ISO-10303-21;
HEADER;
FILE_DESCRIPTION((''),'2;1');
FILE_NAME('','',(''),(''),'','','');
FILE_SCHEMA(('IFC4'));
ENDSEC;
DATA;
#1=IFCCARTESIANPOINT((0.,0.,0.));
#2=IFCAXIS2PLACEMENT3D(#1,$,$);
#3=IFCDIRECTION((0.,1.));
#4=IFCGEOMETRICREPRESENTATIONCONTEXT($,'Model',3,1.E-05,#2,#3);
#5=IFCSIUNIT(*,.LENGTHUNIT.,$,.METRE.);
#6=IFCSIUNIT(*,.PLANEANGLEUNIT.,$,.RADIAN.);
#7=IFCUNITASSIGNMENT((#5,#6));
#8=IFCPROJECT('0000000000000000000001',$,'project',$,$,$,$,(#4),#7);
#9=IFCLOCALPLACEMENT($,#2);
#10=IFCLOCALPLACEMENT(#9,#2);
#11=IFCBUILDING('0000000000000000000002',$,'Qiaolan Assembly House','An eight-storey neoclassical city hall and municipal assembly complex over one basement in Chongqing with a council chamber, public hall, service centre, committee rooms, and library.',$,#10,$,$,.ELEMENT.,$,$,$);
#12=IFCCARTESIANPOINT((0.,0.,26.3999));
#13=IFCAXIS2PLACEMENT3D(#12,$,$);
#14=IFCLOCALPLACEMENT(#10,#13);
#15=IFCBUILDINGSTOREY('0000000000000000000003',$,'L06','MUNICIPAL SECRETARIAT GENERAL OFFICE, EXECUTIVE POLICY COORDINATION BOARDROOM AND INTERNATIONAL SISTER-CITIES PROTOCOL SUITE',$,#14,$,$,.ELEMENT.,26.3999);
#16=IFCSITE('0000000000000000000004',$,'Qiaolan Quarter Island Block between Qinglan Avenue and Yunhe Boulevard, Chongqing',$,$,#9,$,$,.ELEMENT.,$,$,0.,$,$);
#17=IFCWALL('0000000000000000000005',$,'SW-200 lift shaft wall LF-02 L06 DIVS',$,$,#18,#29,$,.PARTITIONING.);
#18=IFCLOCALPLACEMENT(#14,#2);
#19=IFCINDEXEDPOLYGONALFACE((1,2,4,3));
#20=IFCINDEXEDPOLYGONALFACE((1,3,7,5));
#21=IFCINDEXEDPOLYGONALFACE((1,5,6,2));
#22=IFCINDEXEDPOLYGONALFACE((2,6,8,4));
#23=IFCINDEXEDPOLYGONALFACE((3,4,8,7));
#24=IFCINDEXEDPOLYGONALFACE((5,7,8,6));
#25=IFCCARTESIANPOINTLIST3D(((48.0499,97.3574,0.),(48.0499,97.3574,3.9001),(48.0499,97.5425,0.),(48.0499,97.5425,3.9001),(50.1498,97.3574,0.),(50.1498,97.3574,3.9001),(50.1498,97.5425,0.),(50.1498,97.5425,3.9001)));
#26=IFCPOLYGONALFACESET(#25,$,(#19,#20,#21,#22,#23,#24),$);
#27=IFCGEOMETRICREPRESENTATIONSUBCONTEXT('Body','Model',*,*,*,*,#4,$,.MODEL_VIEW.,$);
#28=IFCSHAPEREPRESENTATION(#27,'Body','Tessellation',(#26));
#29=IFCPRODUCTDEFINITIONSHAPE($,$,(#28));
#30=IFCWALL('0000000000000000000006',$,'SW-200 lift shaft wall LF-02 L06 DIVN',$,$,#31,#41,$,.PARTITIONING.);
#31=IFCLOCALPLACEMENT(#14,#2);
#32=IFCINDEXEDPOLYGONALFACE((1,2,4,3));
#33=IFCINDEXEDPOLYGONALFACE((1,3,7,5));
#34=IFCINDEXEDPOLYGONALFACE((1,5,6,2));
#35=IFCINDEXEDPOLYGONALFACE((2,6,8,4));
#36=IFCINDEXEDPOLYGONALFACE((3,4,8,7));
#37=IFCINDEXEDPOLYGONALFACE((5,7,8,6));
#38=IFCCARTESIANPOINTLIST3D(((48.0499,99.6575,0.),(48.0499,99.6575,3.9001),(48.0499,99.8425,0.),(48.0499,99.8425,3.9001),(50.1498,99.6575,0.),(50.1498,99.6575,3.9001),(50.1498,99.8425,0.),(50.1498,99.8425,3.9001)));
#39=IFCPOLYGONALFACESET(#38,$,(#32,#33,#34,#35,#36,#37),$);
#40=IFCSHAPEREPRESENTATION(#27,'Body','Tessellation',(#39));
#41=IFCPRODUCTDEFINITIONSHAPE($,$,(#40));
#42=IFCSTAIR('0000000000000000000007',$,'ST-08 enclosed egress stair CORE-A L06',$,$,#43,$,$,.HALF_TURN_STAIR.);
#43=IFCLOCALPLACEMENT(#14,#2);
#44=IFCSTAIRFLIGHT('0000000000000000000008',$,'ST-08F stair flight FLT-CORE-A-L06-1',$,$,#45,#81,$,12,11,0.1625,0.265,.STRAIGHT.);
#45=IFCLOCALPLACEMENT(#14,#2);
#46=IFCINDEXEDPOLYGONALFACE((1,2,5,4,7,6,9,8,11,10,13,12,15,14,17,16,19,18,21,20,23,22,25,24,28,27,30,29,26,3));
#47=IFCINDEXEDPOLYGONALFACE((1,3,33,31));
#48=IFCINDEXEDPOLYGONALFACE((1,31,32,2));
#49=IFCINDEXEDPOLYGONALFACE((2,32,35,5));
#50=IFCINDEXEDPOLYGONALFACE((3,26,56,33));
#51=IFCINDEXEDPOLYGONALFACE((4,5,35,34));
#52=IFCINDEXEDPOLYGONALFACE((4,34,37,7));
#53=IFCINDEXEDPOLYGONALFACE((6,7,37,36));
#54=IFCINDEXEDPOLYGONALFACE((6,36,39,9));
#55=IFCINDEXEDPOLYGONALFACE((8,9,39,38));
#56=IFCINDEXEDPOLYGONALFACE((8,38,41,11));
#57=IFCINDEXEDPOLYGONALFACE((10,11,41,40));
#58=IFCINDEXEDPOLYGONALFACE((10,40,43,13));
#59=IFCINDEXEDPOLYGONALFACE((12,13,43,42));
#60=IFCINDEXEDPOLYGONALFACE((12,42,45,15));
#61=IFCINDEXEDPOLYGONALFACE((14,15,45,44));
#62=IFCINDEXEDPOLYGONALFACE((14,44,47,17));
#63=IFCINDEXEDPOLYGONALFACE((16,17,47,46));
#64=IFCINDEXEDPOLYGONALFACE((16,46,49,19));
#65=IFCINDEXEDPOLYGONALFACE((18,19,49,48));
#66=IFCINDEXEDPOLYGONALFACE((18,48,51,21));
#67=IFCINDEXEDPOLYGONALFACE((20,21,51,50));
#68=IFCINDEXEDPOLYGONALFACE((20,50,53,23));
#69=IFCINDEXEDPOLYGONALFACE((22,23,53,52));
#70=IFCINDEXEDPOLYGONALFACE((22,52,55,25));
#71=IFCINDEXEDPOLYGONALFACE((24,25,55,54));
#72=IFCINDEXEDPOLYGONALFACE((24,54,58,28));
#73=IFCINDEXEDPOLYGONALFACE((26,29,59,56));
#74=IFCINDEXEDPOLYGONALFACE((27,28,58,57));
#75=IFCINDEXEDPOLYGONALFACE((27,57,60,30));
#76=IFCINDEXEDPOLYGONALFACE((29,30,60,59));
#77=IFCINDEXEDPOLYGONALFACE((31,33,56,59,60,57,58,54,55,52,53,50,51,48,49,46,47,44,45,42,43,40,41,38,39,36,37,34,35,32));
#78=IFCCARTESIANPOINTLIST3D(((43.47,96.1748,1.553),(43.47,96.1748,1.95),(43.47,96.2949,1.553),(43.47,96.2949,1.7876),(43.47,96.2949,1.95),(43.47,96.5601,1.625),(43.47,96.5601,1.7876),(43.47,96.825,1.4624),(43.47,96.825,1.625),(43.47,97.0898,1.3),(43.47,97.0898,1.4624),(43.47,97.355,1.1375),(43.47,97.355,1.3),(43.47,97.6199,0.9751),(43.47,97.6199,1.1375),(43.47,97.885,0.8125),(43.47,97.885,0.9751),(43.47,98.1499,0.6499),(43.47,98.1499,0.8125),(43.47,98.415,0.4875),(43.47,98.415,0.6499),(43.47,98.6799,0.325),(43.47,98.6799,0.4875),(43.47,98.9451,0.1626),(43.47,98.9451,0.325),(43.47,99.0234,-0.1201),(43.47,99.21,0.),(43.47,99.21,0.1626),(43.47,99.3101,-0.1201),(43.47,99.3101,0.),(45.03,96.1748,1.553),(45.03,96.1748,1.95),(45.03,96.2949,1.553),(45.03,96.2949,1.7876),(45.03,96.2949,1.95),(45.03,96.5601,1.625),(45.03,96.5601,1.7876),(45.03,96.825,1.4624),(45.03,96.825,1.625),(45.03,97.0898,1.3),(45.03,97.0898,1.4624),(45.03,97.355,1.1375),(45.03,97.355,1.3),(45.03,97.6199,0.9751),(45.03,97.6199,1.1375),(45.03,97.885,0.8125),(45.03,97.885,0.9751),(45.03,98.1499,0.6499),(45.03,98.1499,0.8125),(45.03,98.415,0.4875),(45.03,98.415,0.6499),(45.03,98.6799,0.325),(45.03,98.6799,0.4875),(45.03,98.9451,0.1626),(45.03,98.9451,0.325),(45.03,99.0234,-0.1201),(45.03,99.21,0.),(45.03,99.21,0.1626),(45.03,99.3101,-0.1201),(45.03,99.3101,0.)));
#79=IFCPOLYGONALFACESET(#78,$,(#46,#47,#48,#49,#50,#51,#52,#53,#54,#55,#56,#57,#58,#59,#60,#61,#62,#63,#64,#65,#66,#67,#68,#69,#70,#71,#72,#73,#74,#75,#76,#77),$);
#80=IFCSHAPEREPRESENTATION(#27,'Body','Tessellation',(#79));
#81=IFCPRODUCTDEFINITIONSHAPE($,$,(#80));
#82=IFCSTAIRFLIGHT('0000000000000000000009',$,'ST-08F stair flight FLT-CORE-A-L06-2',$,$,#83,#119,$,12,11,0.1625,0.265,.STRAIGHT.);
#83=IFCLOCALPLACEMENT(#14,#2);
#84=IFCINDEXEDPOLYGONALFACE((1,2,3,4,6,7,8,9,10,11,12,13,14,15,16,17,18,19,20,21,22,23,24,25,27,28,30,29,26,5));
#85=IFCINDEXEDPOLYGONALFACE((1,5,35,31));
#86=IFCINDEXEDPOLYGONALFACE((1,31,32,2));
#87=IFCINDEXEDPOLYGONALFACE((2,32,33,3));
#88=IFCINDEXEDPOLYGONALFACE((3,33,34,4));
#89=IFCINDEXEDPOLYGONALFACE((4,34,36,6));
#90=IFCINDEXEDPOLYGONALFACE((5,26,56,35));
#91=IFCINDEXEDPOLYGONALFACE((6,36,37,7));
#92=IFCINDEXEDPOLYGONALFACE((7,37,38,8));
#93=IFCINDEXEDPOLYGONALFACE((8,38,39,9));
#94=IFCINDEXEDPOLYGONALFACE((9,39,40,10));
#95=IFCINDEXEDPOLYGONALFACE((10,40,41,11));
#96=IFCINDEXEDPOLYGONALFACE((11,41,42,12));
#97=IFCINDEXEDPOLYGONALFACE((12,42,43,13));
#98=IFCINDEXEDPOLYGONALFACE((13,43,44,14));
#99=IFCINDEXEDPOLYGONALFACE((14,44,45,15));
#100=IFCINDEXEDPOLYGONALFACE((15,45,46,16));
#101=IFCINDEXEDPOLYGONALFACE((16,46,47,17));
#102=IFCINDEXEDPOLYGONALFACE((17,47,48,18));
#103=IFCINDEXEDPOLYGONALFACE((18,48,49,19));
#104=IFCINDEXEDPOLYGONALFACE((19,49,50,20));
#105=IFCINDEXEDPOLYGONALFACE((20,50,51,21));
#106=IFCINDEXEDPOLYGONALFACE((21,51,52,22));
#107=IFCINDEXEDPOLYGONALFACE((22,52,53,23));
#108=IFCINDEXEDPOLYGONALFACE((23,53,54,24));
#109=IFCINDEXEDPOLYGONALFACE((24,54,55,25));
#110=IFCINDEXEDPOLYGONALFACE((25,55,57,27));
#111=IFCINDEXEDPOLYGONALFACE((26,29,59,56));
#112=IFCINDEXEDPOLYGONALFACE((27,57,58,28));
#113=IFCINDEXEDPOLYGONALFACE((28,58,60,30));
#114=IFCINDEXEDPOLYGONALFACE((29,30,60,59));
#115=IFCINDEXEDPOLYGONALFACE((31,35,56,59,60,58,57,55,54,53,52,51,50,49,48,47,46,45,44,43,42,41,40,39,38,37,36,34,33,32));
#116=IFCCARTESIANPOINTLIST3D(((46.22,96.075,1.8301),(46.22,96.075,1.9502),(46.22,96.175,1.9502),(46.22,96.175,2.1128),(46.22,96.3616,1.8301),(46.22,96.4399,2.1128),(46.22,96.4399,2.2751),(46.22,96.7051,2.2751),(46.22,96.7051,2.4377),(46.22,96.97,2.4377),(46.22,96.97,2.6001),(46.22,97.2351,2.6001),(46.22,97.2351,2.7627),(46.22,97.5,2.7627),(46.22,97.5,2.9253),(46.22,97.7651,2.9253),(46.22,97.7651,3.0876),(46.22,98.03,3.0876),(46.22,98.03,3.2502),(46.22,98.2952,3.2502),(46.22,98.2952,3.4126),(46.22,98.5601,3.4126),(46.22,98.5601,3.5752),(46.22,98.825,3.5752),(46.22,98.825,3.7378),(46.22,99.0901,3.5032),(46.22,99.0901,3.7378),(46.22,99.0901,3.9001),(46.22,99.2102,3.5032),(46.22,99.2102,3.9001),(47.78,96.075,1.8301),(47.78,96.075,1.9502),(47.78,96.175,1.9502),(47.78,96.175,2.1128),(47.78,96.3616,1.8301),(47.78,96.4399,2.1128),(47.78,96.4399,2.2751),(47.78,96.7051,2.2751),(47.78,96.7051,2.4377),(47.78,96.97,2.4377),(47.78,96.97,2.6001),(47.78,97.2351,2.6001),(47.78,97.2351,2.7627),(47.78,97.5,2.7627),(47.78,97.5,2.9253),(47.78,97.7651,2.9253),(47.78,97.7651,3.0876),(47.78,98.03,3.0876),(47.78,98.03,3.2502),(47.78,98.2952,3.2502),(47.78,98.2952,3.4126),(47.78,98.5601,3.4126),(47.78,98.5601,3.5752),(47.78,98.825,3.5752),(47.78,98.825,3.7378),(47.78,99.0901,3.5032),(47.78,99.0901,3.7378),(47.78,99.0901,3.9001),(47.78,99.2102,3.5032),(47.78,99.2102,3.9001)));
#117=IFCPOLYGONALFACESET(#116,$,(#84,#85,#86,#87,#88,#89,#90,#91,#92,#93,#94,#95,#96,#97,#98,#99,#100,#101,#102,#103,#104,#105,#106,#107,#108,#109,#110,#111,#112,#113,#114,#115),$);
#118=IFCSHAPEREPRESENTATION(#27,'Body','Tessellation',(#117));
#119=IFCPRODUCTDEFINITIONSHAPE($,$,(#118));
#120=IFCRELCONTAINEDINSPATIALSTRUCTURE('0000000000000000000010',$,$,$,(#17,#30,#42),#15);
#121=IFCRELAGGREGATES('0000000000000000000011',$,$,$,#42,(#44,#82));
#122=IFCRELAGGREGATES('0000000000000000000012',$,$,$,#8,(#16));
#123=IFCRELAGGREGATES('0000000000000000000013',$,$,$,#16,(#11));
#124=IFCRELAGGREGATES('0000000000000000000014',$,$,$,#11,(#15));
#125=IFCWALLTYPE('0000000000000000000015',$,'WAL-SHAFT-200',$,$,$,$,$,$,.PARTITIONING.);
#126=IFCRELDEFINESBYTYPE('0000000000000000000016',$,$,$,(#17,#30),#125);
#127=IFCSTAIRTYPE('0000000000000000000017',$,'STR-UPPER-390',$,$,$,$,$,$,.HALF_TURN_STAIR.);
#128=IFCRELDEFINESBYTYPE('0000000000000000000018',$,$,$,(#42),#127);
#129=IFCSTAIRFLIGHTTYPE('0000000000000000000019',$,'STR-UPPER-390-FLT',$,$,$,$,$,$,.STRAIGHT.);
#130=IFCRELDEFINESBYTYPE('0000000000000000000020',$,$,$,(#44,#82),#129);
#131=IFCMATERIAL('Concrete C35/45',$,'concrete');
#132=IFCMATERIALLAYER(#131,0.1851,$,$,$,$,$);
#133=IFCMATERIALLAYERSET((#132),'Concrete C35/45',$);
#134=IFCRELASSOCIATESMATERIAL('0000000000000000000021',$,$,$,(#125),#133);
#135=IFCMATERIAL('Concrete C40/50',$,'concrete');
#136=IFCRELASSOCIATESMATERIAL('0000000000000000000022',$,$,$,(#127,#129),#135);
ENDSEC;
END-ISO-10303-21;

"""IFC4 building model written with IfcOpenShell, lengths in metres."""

from ifc_helpers import new_model, si_unit, direction, frame, frame_2d, origin, place, context, subcontext, project, spatial, polyline, rectangle, outline, extrude, material, layer, layer_set, type_object, element, aggregate, save


model = new_model("IFC4")

# Units and contexts
model_context = context("Model", 3, precision=1e-05, world=origin(), true_north=direction((0.0, 1.0)))
body_context = subcontext(model_context, "Body", "Model", "MODEL_VIEW")
ifc_project = project(units=[si_unit("LENGTHUNIT", "METRE"), si_unit("PLANEANGLEUNIT", "RADIAN")], contexts=[model_context])

# Site, building, storey
site_placement = place(None, origin())
site = spatial("IfcSite", under=ifc_project, at=site_placement, Name="Qiaolan Quarter Island Block between Qinglan Avenue and Yunhe Boulevard, Chongqing", CompositionType="ELEMENT", RefElevation=0.0)
building_placement = place(site_placement, origin())
building = spatial("IfcBuilding", under=site, at=building_placement, Name="Qiaolan Assembly House", Description="An eight-storey neoclassical city hall and municipal assembly complex over one basement in Chongqing with a council chamber, public hall, service centre, committee rooms, and library.", CompositionType="ELEMENT")
storey_placement = place(building_placement, frame((0.0, 0.0, 26.3999)))
storey = spatial("IfcBuildingStorey", under=building, at=storey_placement, Name="L06", Description="MUNICIPAL SECRETARIAT GENERAL OFFICE, EXECUTIVE POLICY COORDINATION BOARDROOM AND INTERNATIONAL SISTER-CITIES PROTOCOL SUITE", CompositionType="ELEMENT", Elevation=26.3999)

# Shared definitions
ifc_material_1 = material(Name="Concrete C40/50", Category="concrete")

# Walls
ifc_material_2 = material(Name="Concrete C35/45", Category="concrete")
ifc_layer_1 = layer(ifc_material_2, 0.1851)
ifc_layer_set_1 = layer_set([ifc_layer_1], Name="Concrete C35/45")
wall_type_1 = type_object("IfcWallType", Name="WAL-SHAFT-200", PredefinedType="PARTITIONING", material=ifc_layer_set_1)
for number, where, z_axis, x_axis, name in (
    (1, (48.05, 97.45, 0.0), (0.0, 0.0, 1.0), (1.0, 0.0, 0.0), "SW-200 lift shaft wall LF-02 L06 DIVS"),
    (2, (48.05, 99.75, 0.0), (0.0, 0.0, 1.0), (1.0, 0.0, 0.0), "SW-200 lift shaft wall LF-02 L06 DIVN"),
):
    element("IfcWall", number, at=place(storey_placement, frame(where, z_axis=z_axis, x_axis=x_axis)), inside=storey, type_object=wall_type_1, Name=name, PredefinedType="PARTITIONING", context=body_context, shape_type="SweptSolid", body=[
        extrude(rectangle(XDim=2.0999, YDim=0.1851, at=frame_2d((1.0498, 0.0))), origin(), (0.0, 0.0, 1.0), 3.9001),
    ])

# Stair, stair flights
stair_type = type_object("IfcStairType", Name="STR-UPPER-390", PredefinedType="HALF_TURN_STAIR", material=ifc_material_1)
stair_placement = place(storey_placement, origin())
stair = element("IfcStair", 3, at=stair_placement, inside=storey, type_object=stair_type, Name="ST-08 enclosed egress stair CORE-A L06", PredefinedType="HALF_TURN_STAIR")
stair_flight_type = type_object("IfcStairFlightType", Name="STR-UPPER-390-FLT", PredefinedType="STRAIGHT", material=ifc_material_1)
stair_flight_1_placement = place(storey_placement, frame((44.25, 99.21, 0.0), z_axis=(0.0, 0.0, 1.0), x_axis=(0.0, -1.0, 0.0)))
stair_flight_1 = element("IfcStairFlight", 4, at=stair_flight_1_placement, type_object=stair_flight_type, Name="ST-08F stair flight FLT-CORE-A-L06-1", NumberOfRisers=12, NumberOfTreads=11, PredefinedType="STRAIGHT", RiserHeight=0.1625, TreadLength=0.265, context=body_context, shape_type="SweptSolid", body=[
    extrude(outline(polyline([(-0.1001, -0.1201), (-0.1001, 0.0), (0.0, 0.0), (0.0, 0.1626), (0.2649, 0.1626), (0.2649, 0.325), (0.53, 0.325), (0.53, 0.4875), (0.7949, 0.4875), (0.7949, 0.6499), (1.0601, 0.6499), (1.0601, 0.8125), (1.325, 0.8125), (1.325, 0.9751), (1.5901, 0.9751), (1.5901, 1.1375), (1.855, 1.1375), (1.855, 1.3), (2.1201, 1.3), (2.1201, 1.4624), (2.385, 1.4624), (2.385, 1.625), (2.6499, 1.625), (2.6499, 1.7876), (2.915, 1.7876), (2.915, 1.95), (3.0352, 1.95), (3.0352, 1.553), (2.915, 1.553), (0.1865, -0.1201), (-0.1001, -0.1201)])), frame((0.0, 0.78, 0.0), z_axis=(0.0, -1.0, 0.0), x_axis=(1.0, 0.0, 0.0)), (0.0, 0.0, 1.0), 1.5601),
])
stair_flight_2_placement = place(storey_placement, frame((47.0, 96.175, 1.9502), z_axis=(0.0, 0.0, 1.0), x_axis=(0.0, 1.0, 0.0)))
stair_flight_2 = element("IfcStairFlight", 5, at=stair_flight_2_placement, type_object=stair_flight_type, Name="ST-08F stair flight FLT-CORE-A-L06-2", NumberOfRisers=12, NumberOfTreads=11, PredefinedType="STRAIGHT", RiserHeight=0.1625, TreadLength=0.265, context=body_context, shape_type="SweptSolid", body=[
    extrude(outline(polyline([(-0.1001, -0.1201), (-0.1001, 0.0), (0.0, 0.0), (0.0, 0.1626), (0.2649, 0.1626), (0.2649, 0.325), (0.53, 0.325), (0.53, 0.4875), (0.7949, 0.4875), (0.7949, 0.6499), (1.0601, 0.6499), (1.0601, 0.8125), (1.325, 0.8125), (1.325, 0.9751), (1.5901, 0.9751), (1.5901, 1.1375), (1.855, 1.1375), (1.855, 1.3), (2.1201, 1.3), (2.1201, 1.4624), (2.385, 1.4624), (2.385, 1.625), (2.6499, 1.625), (2.6499, 1.7876), (2.915, 1.7876), (2.915, 1.95), (3.0352, 1.95), (3.0352, 1.553), (2.915, 1.553), (0.1865, -0.1201), (-0.1001, -0.1201)])), frame((0.0, 0.78, 0.0), z_axis=(0.0, -1.0, 0.0), x_axis=(1.0, 0.0, 0.0)), (0.0, 0.0, 1.0), 1.5601),
])
aggregate(stair, [stair_flight_1, stair_flight_2])

save(model, "model.ifc")
